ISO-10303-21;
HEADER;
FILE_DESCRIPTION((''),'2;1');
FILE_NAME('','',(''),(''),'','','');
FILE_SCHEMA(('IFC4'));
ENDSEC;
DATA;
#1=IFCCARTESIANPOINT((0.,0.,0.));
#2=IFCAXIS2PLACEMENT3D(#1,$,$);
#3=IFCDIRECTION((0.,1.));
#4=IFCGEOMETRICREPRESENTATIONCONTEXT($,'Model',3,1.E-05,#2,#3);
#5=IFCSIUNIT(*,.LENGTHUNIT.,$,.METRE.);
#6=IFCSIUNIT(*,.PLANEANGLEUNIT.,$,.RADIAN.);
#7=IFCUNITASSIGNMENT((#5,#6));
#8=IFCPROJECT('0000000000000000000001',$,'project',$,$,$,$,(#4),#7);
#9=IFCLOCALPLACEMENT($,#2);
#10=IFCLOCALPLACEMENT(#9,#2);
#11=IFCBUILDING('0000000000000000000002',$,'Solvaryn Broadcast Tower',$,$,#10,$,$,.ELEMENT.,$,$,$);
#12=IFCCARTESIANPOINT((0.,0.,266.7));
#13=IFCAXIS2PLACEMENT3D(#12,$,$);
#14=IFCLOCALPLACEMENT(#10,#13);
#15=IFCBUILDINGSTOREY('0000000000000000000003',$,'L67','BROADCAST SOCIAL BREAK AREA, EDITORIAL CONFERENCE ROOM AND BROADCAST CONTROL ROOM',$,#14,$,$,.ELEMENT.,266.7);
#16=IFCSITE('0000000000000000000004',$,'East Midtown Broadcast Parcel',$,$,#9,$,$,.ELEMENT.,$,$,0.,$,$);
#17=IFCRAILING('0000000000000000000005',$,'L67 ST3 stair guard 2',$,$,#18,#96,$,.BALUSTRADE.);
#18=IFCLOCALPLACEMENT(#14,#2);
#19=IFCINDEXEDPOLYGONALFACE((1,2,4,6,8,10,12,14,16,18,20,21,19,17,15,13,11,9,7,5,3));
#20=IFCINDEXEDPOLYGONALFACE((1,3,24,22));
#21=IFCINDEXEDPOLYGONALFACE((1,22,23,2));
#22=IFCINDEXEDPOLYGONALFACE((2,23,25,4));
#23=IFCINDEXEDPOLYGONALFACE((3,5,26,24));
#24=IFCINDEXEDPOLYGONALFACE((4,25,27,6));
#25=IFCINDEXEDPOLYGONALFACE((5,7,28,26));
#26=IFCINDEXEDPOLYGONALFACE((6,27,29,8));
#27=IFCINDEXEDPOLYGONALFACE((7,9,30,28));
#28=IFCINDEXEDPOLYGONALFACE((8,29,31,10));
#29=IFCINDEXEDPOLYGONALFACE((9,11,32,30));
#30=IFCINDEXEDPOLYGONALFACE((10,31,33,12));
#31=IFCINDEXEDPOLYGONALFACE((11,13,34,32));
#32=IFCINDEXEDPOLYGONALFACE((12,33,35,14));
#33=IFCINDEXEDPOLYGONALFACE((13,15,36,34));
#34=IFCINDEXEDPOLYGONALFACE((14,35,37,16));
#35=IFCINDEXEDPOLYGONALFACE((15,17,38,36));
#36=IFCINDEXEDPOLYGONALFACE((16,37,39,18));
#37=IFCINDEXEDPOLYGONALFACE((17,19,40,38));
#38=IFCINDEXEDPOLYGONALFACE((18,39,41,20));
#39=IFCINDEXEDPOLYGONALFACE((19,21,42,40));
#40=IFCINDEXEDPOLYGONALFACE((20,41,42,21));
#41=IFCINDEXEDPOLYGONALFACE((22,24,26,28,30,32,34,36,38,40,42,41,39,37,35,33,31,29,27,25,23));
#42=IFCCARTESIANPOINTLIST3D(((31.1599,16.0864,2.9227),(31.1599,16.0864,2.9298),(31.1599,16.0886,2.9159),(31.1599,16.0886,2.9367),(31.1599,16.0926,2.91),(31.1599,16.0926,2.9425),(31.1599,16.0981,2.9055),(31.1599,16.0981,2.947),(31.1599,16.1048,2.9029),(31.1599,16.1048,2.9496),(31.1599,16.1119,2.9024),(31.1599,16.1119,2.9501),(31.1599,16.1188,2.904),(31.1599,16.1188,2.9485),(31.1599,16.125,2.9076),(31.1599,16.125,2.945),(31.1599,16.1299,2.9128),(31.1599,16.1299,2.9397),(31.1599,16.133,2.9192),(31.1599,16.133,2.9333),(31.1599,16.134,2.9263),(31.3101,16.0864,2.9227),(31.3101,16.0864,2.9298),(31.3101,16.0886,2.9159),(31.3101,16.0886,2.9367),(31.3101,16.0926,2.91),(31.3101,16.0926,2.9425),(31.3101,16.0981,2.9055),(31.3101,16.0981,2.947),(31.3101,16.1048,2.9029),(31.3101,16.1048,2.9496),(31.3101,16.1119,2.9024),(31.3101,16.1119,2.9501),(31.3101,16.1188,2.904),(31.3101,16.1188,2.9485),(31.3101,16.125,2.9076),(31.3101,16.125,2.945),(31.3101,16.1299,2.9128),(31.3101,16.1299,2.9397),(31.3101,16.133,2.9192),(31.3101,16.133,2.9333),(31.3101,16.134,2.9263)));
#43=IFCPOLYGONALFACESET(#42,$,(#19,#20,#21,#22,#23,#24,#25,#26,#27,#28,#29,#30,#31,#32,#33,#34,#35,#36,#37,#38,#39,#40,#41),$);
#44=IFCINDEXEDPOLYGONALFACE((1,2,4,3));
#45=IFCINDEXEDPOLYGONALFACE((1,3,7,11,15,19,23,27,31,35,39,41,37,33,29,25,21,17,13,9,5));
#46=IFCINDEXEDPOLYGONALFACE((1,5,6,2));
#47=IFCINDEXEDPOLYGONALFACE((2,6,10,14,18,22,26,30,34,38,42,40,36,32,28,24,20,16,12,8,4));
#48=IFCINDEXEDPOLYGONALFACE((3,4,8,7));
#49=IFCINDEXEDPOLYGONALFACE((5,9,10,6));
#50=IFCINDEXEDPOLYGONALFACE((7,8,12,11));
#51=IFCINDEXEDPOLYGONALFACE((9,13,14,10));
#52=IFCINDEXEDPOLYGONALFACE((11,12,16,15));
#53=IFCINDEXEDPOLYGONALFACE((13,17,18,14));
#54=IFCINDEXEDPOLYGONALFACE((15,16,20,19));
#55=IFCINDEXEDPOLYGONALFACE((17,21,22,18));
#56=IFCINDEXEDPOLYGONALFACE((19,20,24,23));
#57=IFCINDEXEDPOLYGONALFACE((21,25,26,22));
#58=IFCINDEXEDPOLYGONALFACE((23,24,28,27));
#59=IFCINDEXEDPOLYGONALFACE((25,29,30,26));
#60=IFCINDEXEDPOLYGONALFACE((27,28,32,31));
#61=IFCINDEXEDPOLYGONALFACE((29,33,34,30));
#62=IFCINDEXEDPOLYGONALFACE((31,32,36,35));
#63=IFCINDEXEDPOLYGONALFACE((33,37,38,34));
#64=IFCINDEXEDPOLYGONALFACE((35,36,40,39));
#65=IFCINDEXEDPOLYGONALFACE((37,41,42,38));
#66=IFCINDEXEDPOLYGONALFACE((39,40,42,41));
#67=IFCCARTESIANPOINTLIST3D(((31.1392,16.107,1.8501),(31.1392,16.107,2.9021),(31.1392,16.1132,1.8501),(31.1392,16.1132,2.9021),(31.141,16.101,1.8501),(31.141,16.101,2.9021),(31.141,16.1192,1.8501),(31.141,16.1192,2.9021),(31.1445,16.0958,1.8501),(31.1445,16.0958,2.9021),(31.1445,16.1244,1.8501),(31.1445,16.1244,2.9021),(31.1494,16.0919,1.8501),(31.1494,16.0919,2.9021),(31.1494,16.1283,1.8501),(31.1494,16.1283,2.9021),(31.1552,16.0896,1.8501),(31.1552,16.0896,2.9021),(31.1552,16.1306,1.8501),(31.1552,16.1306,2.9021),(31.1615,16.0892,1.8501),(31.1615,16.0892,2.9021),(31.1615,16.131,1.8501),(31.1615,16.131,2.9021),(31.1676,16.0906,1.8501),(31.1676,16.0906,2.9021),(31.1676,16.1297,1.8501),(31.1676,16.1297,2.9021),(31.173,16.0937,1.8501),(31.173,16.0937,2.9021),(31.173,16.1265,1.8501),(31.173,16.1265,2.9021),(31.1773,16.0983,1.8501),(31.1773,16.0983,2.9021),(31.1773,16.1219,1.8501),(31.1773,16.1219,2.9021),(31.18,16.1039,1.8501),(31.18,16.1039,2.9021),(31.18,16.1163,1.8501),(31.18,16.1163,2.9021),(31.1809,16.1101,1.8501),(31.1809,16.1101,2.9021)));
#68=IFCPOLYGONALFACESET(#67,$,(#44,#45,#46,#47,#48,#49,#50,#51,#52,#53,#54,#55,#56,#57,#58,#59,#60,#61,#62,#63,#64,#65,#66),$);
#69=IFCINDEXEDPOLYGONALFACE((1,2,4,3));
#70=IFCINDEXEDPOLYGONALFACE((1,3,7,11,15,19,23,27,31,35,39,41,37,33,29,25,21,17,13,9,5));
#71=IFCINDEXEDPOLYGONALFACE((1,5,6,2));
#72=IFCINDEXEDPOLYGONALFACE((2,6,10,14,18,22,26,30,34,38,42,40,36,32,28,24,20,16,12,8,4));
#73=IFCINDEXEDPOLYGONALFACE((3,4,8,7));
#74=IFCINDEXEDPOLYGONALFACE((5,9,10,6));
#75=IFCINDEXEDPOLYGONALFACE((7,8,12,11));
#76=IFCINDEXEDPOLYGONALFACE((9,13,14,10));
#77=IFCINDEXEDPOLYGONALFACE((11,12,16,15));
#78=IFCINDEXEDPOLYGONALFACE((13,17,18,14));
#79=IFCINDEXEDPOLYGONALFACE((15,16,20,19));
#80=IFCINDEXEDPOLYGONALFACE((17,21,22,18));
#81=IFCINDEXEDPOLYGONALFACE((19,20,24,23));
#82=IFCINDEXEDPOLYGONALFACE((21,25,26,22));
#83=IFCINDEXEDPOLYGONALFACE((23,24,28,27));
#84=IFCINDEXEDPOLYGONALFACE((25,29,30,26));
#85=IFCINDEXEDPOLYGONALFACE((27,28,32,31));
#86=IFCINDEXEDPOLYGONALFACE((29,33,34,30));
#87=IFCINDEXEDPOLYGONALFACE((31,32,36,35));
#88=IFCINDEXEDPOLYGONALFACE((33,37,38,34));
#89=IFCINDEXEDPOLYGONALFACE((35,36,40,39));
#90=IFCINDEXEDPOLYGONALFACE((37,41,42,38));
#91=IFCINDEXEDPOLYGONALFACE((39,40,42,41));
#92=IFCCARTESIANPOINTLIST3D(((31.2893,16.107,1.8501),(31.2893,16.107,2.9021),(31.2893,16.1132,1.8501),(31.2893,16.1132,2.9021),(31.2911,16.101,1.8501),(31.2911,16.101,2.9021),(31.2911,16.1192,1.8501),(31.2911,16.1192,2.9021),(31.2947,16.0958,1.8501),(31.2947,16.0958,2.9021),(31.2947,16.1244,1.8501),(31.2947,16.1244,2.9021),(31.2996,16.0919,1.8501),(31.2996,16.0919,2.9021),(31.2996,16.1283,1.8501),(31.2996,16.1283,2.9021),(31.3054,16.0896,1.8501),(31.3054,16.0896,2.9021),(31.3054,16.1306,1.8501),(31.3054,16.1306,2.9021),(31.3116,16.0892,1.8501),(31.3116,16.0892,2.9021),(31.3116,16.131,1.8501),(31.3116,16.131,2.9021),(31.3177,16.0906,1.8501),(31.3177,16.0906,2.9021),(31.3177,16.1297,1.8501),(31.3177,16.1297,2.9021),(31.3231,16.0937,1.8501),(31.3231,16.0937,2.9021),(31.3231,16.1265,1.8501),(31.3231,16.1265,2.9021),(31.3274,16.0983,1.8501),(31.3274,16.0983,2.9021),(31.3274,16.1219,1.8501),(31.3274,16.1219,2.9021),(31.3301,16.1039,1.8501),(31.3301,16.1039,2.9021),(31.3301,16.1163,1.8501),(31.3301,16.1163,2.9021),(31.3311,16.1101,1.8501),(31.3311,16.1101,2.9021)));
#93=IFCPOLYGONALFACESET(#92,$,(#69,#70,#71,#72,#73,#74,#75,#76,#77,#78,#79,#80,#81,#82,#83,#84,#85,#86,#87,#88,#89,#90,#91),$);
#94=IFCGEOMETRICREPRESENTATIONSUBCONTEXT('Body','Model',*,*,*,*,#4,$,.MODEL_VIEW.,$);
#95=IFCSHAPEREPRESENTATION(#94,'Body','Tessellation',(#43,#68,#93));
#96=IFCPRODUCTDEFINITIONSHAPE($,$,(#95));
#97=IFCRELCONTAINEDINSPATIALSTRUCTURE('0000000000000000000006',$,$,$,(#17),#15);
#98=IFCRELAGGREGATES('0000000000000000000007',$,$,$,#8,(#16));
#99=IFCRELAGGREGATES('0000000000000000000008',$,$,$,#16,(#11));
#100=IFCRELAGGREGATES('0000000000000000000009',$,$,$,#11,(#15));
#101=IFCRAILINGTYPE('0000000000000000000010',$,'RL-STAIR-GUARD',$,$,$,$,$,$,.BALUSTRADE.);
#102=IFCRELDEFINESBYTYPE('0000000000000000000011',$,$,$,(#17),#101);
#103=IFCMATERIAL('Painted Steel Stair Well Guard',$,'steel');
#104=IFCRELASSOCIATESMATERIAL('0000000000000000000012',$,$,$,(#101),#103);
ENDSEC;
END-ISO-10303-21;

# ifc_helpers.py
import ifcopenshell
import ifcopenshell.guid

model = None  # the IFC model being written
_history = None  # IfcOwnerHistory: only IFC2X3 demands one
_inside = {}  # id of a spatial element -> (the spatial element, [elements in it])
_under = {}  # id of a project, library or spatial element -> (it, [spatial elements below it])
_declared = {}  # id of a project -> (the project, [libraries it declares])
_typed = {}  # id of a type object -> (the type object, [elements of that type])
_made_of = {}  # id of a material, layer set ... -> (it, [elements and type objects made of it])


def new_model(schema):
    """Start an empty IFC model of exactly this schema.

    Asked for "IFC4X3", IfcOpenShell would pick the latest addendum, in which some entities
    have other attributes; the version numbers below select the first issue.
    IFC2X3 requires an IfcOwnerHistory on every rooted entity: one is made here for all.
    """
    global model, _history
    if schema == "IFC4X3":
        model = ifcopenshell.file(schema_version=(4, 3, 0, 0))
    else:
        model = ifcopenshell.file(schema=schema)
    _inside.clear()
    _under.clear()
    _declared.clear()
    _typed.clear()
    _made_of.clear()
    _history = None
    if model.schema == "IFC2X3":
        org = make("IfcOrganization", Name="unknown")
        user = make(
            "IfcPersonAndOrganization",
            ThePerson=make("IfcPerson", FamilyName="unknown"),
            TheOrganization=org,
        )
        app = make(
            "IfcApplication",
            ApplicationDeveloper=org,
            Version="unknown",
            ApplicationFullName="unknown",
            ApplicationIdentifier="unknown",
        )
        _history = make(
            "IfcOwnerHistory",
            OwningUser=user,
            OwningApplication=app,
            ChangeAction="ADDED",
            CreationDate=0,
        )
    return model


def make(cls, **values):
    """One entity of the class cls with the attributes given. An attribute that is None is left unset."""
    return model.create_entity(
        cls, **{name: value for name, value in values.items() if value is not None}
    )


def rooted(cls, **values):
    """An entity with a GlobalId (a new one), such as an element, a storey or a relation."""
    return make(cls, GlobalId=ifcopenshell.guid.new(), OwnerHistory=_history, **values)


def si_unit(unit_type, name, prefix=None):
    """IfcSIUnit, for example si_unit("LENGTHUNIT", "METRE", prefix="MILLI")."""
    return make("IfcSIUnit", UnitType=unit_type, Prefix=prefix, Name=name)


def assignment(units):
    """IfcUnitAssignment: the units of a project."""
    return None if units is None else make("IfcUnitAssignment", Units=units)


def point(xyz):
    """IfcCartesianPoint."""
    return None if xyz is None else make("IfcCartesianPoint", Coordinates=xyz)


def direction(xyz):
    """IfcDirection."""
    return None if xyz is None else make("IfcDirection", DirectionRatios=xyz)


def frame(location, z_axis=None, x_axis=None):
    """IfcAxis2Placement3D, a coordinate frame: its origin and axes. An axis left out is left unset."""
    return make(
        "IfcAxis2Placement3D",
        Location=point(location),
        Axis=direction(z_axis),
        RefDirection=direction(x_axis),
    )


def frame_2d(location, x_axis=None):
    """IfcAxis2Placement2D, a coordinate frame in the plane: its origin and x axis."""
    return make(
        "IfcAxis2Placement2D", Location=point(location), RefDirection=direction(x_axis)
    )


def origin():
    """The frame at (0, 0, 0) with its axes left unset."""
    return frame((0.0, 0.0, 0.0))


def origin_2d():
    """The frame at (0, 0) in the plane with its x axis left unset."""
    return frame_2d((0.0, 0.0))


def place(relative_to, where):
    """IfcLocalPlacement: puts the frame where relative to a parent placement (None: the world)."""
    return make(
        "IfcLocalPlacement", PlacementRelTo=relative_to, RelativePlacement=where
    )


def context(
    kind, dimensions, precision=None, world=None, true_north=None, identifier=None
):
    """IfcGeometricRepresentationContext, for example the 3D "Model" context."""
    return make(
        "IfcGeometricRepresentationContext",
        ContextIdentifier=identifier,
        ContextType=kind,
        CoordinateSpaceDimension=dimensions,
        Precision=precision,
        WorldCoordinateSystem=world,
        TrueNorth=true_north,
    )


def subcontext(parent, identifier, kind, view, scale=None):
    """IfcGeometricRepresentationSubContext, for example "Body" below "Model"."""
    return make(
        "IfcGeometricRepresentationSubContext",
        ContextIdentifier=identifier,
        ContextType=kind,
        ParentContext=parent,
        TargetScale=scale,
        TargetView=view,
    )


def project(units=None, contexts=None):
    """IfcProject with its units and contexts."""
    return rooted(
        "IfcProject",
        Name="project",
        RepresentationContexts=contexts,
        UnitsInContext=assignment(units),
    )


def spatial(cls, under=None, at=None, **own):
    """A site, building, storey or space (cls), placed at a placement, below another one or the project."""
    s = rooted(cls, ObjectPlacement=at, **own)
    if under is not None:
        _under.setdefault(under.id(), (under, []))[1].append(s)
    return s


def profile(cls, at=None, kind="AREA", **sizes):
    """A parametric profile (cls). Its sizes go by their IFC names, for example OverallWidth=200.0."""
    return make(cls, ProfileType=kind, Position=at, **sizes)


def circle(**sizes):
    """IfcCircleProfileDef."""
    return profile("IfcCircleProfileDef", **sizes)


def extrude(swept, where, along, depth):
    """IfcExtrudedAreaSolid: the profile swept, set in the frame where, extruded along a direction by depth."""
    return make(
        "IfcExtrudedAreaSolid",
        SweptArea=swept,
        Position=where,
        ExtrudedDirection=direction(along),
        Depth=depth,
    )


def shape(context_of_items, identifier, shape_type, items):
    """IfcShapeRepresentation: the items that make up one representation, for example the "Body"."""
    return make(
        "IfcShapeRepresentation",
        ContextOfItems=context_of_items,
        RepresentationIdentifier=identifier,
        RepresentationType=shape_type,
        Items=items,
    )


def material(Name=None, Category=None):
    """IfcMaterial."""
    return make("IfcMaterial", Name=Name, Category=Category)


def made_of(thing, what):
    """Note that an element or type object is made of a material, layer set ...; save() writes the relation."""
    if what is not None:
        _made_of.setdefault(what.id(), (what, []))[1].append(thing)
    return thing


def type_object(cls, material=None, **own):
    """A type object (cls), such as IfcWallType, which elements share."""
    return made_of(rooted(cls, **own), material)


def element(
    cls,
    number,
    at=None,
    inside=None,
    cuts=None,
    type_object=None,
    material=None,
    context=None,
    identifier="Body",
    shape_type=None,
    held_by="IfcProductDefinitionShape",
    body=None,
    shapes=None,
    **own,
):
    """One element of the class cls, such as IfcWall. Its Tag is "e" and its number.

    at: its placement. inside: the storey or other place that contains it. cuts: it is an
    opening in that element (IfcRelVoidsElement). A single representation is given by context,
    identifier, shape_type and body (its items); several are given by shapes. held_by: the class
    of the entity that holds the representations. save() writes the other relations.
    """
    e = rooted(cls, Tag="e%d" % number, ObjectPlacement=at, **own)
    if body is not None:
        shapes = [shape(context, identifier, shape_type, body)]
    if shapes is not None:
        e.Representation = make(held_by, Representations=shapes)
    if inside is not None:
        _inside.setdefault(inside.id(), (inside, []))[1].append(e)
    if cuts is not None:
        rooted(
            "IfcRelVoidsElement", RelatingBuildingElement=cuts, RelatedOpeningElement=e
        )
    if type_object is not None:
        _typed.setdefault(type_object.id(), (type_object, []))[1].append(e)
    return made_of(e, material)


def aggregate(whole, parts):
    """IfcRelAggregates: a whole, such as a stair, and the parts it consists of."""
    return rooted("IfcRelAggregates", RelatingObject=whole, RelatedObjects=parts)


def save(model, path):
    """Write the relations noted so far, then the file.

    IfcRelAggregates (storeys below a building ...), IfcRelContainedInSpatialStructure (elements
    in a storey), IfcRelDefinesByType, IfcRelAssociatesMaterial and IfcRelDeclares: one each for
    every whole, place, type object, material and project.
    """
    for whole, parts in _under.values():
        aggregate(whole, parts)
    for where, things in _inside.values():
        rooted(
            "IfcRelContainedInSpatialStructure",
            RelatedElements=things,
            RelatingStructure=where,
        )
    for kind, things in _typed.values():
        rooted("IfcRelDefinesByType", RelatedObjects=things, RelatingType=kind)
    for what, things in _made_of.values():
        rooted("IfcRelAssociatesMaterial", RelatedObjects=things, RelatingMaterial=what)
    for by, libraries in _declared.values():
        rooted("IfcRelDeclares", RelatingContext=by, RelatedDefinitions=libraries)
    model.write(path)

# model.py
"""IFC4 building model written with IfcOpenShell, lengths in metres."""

from ifc_helpers import new_model, si_unit, direction, frame, origin, origin_2d, place, context, subcontext, project, spatial, circle, extrude, material, type_object, element, save


model = new_model("IFC4")

# Units and contexts
model_context = context("Model", 3, precision=1e-05, world=origin(), true_north=direction((0.0, 1.0)))
body_context = subcontext(model_context, "Body", "Model", "MODEL_VIEW")
ifc_project = project(units=[si_unit("LENGTHUNIT", "METRE"), si_unit("PLANEANGLEUNIT", "RADIAN")], contexts=[model_context])

# Site, building, storey
site_placement = place(None, origin())
site = spatial("IfcSite", under=ifc_project, at=site_placement, Name="East Midtown Broadcast Parcel", CompositionType="ELEMENT", RefElevation=0.0)
building_placement = place(site_placement, origin())
building = spatial("IfcBuilding", under=site, at=building_placement, Name="Solvaryn Broadcast Tower", CompositionType="ELEMENT")
storey_placement = place(building_placement, frame((0.0, 0.0, 266.7)))
storey = spatial("IfcBuildingStorey", under=building, at=storey_placement, Name="L67", Description="BROADCAST SOCIAL BREAK AREA, EDITORIAL CONFERENCE ROOM AND BROADCAST CONTROL ROOM", CompositionType="ELEMENT", Elevation=266.7)

# Railing
ifc_material_1 = material(Name="Painted Steel Stair Well Guard", Category="steel")
railing_type_1 = type_object("IfcRailingType", Name="RL-STAIR-GUARD", PredefinedType="BALUSTRADE", material=ifc_material_1)
railing_1_placement = place(storey_placement, frame((31.1599, 16.1101, 1.8501)))
element("IfcRailing", 1, at=railing_1_placement, inside=storey, type_object=railing_type_1, Name="L67 ST3 stair guard 2", PredefinedType="BALUSTRADE", context=body_context, shape_type="SweptSolid", body=[
    extrude(circle(Radius=0.0239, at=origin_2d()), frame((0.0, 0.0, 1.0762), z_axis=(1.0, 0.0, 0.0), x_axis=(0.0, 1.0, 0.0)), (0.0, 0.0, 1.0), 0.1501),
    extrude(circle(Radius=0.021, at=origin_2d()), origin(), (0.0, 0.0, 1.0), 1.052),
    extrude(circle(Radius=0.021, at=origin_2d()), frame((0.1501, 0.0, 0.0)), (0.0, 0.0, 1.0), 1.052),
])

save(model, "model.ifc")
